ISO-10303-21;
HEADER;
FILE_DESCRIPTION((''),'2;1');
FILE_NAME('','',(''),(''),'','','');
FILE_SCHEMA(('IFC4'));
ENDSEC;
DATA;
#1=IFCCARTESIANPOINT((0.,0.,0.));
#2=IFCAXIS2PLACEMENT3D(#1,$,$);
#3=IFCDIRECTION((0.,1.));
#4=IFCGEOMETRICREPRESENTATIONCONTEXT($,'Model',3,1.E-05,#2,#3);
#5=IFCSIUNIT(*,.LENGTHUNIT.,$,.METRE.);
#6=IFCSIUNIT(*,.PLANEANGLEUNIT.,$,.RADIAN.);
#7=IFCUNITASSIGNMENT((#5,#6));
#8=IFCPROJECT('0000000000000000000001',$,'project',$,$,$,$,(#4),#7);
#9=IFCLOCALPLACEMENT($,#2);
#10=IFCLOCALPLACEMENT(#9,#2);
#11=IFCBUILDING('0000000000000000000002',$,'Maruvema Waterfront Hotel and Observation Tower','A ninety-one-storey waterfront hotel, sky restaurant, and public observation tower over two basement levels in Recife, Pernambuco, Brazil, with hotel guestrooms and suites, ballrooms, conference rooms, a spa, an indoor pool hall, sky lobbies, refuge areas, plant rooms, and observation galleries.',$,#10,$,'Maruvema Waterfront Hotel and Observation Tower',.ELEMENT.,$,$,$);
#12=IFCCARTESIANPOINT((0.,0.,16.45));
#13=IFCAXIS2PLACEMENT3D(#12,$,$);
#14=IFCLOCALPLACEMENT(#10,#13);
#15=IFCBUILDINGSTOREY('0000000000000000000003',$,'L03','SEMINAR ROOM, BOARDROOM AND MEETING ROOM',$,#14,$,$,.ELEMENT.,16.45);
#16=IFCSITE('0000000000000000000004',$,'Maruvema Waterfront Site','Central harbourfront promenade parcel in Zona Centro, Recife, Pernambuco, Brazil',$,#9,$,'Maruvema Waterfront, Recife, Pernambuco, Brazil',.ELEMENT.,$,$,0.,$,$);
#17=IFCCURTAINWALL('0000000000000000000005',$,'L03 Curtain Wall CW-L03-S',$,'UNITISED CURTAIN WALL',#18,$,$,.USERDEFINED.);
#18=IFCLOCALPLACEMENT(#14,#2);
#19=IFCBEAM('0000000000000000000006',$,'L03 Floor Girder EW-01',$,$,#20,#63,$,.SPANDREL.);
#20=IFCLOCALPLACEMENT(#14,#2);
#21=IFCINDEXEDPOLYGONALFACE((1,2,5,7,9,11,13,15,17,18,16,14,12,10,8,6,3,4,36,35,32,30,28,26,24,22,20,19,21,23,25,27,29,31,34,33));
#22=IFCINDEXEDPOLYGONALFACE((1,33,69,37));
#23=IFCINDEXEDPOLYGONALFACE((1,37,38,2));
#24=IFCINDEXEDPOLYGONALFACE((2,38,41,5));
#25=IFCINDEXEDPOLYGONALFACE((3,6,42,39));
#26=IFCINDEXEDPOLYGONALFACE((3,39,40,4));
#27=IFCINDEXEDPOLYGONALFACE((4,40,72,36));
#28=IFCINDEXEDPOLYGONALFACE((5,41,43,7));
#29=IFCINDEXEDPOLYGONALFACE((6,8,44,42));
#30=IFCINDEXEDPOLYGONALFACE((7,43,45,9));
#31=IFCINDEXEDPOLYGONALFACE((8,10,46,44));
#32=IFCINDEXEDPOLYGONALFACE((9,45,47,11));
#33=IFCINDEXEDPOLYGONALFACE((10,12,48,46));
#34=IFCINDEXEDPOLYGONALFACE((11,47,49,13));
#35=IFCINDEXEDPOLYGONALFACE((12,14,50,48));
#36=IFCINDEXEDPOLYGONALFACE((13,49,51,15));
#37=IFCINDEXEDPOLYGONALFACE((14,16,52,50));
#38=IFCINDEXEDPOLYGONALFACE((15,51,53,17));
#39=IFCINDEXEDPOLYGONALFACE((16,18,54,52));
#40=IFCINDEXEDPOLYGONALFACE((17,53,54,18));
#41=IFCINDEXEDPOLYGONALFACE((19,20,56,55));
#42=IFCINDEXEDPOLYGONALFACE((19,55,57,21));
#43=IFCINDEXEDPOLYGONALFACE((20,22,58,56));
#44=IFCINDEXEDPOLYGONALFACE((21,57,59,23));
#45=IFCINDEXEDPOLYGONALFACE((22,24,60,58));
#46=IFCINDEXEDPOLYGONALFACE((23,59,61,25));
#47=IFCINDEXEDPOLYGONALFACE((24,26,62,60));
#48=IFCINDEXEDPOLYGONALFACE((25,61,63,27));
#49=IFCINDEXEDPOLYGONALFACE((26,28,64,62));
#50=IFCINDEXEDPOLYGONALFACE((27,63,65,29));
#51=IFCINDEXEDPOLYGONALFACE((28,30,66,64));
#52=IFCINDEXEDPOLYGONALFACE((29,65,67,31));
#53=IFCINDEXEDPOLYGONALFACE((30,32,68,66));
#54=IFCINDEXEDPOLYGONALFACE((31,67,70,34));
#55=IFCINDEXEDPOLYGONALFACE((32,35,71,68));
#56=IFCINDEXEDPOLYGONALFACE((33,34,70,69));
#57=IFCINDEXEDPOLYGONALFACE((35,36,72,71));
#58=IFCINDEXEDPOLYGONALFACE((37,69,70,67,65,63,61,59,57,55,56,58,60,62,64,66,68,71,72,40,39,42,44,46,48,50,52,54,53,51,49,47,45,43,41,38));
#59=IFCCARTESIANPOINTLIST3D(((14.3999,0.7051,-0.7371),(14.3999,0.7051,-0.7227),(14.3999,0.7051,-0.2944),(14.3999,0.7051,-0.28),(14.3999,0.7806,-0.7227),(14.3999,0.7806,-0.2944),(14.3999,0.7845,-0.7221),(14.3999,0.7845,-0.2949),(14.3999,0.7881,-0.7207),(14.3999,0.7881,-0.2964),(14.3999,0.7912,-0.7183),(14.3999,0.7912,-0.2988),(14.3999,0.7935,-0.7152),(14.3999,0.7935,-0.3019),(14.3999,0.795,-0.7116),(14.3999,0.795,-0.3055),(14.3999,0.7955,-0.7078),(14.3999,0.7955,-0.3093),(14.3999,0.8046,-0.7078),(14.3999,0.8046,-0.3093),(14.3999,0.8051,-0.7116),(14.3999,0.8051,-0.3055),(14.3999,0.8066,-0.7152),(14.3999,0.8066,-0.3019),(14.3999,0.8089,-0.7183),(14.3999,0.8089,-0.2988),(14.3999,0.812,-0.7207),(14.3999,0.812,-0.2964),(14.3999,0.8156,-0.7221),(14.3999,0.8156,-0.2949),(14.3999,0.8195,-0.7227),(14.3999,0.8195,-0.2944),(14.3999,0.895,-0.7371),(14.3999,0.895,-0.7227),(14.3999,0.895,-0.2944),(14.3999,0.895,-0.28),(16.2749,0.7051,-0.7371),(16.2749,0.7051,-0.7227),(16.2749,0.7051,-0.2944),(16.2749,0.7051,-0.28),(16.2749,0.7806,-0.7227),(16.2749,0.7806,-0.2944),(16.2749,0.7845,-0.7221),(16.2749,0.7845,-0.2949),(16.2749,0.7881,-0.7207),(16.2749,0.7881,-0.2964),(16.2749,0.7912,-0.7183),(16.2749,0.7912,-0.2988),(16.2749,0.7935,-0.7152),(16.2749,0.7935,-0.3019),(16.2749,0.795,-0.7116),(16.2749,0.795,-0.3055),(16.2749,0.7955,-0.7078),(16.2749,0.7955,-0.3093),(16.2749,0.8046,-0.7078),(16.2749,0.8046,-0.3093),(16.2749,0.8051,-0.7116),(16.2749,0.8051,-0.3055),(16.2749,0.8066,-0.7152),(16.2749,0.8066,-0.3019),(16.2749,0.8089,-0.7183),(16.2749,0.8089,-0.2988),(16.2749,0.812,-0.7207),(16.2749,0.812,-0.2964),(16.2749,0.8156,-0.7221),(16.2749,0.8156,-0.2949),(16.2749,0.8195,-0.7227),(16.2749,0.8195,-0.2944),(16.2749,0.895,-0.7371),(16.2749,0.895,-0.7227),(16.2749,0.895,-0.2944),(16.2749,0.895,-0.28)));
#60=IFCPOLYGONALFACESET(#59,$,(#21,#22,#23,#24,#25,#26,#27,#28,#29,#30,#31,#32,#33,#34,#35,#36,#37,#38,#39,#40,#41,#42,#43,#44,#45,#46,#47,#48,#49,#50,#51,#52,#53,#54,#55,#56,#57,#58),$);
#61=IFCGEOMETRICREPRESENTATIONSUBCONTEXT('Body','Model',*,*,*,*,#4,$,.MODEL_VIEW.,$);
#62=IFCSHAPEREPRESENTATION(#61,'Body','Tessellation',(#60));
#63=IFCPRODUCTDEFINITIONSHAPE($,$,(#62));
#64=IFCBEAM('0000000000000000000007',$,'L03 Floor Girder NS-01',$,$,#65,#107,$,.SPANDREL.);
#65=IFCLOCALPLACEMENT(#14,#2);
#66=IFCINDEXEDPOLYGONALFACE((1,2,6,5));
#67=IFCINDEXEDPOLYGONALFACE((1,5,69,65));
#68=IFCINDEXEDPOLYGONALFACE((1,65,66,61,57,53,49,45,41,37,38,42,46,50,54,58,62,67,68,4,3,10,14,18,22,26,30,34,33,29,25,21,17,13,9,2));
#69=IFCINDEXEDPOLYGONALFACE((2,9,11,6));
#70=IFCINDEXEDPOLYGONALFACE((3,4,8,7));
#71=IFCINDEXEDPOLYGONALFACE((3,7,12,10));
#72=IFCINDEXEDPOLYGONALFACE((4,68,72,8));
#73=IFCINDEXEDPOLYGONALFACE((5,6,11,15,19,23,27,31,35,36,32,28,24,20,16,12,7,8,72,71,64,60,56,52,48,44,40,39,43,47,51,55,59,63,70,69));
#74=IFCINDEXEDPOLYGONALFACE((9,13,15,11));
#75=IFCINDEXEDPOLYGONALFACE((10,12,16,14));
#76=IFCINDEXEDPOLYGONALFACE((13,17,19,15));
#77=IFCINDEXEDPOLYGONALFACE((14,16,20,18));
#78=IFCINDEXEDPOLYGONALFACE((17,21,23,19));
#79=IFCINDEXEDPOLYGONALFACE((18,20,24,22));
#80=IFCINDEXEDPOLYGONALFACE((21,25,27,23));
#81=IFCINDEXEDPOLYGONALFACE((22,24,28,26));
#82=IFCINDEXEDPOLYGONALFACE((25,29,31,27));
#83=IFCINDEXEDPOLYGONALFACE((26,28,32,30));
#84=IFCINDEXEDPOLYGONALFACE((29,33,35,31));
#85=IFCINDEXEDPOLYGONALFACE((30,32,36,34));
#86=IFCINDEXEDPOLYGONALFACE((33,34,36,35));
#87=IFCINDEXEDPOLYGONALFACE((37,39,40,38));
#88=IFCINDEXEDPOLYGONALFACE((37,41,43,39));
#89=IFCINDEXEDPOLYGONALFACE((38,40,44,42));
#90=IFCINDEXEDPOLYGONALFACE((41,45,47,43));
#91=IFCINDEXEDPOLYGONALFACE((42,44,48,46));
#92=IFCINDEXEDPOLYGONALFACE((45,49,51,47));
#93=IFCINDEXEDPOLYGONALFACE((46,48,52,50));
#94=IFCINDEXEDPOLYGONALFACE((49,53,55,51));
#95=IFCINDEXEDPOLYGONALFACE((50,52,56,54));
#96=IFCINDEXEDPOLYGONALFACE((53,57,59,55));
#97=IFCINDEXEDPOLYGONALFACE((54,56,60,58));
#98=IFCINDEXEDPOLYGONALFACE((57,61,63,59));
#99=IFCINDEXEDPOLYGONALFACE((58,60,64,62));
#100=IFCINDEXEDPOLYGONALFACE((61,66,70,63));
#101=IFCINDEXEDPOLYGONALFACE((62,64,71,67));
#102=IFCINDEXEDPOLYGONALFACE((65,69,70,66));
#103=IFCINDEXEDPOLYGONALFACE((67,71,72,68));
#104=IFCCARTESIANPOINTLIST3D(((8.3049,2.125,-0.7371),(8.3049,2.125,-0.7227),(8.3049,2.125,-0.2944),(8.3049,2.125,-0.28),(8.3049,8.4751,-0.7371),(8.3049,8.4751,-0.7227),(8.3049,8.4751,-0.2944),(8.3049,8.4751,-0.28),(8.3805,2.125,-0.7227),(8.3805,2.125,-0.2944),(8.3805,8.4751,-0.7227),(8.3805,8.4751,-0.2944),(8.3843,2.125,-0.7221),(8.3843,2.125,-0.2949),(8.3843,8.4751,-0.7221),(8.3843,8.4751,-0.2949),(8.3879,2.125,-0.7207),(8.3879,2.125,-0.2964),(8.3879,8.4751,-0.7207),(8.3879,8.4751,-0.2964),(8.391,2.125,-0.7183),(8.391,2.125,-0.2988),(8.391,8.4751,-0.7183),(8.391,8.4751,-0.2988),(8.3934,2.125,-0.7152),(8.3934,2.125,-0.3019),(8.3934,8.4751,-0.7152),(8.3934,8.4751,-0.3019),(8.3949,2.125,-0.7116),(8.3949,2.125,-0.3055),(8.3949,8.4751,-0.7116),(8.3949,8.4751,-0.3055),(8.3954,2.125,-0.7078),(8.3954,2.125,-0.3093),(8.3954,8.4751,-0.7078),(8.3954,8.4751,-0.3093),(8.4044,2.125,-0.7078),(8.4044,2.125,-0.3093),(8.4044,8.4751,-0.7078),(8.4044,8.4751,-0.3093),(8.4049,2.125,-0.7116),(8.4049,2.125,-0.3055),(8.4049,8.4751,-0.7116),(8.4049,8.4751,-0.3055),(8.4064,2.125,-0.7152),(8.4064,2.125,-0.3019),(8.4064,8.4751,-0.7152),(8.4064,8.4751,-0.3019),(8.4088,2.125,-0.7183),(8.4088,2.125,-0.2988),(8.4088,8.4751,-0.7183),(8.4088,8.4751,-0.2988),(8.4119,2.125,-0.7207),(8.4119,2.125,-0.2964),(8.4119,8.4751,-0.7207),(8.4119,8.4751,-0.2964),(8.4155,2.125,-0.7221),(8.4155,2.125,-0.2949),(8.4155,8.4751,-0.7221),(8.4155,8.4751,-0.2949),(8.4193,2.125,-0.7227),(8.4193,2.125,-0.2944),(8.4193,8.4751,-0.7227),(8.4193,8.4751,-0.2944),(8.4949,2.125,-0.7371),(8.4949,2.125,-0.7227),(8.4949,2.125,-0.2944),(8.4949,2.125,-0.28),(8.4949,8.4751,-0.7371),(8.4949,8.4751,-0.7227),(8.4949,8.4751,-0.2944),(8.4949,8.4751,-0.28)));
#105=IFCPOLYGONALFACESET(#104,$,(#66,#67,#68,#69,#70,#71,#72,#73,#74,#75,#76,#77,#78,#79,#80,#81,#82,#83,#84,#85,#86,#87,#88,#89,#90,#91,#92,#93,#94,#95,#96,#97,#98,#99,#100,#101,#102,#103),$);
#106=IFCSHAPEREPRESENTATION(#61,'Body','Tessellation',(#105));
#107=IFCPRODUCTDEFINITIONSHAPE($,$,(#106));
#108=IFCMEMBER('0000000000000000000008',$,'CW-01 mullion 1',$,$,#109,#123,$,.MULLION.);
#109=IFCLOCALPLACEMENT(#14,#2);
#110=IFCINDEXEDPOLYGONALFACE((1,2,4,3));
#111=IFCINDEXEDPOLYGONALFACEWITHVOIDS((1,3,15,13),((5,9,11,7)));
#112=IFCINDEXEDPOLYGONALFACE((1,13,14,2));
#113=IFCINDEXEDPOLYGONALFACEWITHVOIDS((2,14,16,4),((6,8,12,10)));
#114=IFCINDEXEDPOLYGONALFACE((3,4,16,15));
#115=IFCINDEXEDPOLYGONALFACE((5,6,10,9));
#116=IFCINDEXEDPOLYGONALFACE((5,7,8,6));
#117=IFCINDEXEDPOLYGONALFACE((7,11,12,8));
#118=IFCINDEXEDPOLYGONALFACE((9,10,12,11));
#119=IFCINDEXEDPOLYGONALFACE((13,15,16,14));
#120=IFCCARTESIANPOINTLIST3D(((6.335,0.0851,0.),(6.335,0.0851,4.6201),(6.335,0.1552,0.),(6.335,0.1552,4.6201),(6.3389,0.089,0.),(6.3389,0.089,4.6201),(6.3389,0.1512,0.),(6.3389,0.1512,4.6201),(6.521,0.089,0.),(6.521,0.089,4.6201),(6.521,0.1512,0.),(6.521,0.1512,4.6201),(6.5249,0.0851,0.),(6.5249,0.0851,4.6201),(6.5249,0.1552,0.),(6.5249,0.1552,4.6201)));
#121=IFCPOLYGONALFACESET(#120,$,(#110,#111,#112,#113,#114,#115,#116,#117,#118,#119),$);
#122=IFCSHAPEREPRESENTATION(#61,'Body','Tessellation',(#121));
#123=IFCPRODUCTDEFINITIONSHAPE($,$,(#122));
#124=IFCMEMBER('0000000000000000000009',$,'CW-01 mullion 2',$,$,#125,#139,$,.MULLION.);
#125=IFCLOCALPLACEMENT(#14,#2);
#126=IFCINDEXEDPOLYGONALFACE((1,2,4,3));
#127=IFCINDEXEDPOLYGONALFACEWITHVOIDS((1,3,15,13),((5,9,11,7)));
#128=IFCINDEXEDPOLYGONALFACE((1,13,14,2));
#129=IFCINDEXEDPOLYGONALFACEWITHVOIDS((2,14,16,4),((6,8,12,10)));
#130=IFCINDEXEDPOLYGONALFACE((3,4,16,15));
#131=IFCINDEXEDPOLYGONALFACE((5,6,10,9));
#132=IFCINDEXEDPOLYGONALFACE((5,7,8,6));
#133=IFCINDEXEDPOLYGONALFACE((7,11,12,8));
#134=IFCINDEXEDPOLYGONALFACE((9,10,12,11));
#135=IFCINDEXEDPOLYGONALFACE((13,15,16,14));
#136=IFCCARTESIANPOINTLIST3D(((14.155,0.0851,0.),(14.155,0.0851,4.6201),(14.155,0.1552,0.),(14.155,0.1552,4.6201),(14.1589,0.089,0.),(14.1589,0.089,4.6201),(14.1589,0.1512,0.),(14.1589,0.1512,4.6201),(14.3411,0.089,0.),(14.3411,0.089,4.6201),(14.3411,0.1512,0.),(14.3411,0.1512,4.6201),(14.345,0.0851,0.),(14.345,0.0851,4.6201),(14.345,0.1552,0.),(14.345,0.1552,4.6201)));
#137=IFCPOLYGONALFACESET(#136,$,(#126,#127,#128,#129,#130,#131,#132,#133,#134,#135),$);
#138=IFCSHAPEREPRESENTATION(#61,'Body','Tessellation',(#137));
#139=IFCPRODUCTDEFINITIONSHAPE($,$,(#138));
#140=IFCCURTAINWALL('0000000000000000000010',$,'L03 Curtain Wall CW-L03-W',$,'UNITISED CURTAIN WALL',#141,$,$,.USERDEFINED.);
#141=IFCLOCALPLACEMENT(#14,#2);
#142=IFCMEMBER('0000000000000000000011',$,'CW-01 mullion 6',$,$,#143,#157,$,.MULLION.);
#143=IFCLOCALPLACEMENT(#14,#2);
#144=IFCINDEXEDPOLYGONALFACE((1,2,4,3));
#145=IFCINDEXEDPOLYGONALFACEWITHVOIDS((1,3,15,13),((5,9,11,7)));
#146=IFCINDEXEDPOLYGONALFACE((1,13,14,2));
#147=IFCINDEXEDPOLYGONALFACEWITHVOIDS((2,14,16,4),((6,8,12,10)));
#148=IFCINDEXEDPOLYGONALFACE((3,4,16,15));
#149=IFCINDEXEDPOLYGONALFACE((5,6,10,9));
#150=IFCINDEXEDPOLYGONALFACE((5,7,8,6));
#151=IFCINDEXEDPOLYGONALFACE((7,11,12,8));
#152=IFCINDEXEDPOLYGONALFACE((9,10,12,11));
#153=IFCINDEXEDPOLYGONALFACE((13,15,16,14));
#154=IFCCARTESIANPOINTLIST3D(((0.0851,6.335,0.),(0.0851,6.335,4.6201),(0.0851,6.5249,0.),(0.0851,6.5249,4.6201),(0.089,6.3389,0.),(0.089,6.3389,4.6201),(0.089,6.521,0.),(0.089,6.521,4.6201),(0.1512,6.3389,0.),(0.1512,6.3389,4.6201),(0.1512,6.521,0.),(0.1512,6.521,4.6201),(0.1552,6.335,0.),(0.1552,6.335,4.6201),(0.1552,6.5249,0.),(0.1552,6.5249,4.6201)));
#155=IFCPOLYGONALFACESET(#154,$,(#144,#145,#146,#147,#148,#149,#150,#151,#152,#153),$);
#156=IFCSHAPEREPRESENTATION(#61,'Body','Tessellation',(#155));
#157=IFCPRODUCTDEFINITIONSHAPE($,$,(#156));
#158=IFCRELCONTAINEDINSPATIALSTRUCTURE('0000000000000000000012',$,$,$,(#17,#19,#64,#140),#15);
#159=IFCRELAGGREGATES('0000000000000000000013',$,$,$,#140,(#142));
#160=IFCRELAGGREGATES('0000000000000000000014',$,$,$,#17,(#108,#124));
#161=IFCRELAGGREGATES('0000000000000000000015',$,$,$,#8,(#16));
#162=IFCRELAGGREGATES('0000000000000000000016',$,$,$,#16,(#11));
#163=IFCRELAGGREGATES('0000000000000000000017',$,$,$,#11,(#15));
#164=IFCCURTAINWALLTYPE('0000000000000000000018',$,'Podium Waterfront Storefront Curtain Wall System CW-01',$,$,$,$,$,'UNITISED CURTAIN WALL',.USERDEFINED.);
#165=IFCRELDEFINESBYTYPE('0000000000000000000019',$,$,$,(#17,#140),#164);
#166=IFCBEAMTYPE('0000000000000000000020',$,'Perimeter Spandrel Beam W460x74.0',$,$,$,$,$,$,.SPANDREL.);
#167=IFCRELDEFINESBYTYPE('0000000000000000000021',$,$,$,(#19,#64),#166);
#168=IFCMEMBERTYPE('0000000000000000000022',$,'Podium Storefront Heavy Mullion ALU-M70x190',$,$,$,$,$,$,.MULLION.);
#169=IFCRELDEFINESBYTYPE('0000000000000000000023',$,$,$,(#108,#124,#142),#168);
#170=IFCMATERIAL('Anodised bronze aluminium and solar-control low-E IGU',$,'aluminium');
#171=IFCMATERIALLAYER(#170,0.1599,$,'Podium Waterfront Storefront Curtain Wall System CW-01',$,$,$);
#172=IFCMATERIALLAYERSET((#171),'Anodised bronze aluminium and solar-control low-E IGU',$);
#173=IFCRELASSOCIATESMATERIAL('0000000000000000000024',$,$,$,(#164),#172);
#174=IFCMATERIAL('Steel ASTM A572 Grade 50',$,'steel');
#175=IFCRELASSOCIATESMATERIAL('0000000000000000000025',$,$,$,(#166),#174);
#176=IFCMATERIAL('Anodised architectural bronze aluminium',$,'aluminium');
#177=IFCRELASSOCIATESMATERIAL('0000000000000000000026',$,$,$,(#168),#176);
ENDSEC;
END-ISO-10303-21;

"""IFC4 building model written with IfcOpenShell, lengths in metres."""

from ifc_helpers import new_model, si_unit, direction, frame, origin, origin_2d, place, context, subcontext, project, spatial, hollow_rectangle, i_section, extrude, material, layer, layer_set, material_profile, profile_set, type_object, element, aggregate, save


model = new_model("IFC4")

# Units and contexts
model_context = context("Model", 3, precision=1e-05, world=origin(), true_north=direction((0.0, 1.0)))
body_context = subcontext(model_context, "Body", "Model", "MODEL_VIEW")
ifc_project = project(units=[si_unit("LENGTHUNIT", "METRE"), si_unit("PLANEANGLEUNIT", "RADIAN")], contexts=[model_context])

# Site, building, storey
site_placement = place(None, origin())
site = spatial("IfcSite", under=ifc_project, at=site_placement, Name="Maruvema Waterfront Site", Description="Central harbourfront promenade parcel in Zona Centro, Recife, Pernambuco, Brazil", LongName="Maruvema Waterfront, Recife, Pernambuco, Brazil", CompositionType="ELEMENT", RefElevation=0.0)
building_placement = place(site_placement, origin())
building = spatial("IfcBuilding", under=site, at=building_placement, Name="Maruvema Waterfront Hotel and Observation Tower", Description="A ninety-one-storey waterfront hotel, sky restaurant, and public observation tower over two basement levels in Recife, Pernambuco, Brazil, with hotel guestrooms and suites, ballrooms, conference rooms, a spa, an indoor pool hall, sky lobbies, refuge areas, plant rooms, and observation galleries.", LongName="Maruvema Waterfront Hotel and Observation Tower", CompositionType="ELEMENT")
storey_placement = place(building_placement, frame((0.0, 0.0, 16.45)))
storey = spatial("IfcBuildingStorey", under=building, at=storey_placement, Name="L03", Description="SEMINAR ROOM, BOARDROOM AND MEETING ROOM", CompositionType="ELEMENT", Elevation=16.45)

# Curtain wall
ifc_material_1 = material(Name="Anodised bronze aluminium and solar-control low-E IGU", Category="aluminium")
ifc_layer_1 = layer(ifc_material_1, 0.1599, Name="Podium Waterfront Storefront Curtain Wall System CW-01")
ifc_layer_set_1 = layer_set([ifc_layer_1], Name="Anodised bronze aluminium and solar-control low-E IGU")
curtain_wall_type = type_object("IfcCurtainWallType", Name="Podium Waterfront Storefront Curtain Wall System CW-01", ElementType="UNITISED CURTAIN WALL", PredefinedType="USERDEFINED", material=ifc_layer_set_1)
curtain_wall_1_placement = place(storey_placement, origin())
curtain_wall_1 = element("IfcCurtainWall", 1, at=curtain_wall_1_placement, inside=storey, type_object=curtain_wall_type, Name="L03 Curtain Wall CW-L03-S", ObjectType="UNITISED CURTAIN WALL", PredefinedType="USERDEFINED")

# Beams
ifc_material_2 = material(Name="Steel ASTM A572 Grade 50", Category="steel")
ifc_material_profile_1 = material_profile(ifc_material_2, i_section(OverallWidth=0.1899, OverallDepth=0.457, WebThickness=0.009, FlangeThickness=0.0144, FilletRadius=0.0149, at=origin_2d()), Name="W460x74.0")
ifc_profile_set_1 = profile_set([ifc_material_profile_1], Name="Steel ASTM A572 Grade 50")
beam_type_1 = type_object("IfcBeamType", Name="Perimeter Spandrel Beam W460x74.0", PredefinedType="SPANDREL", material=ifc_profile_set_1)
beam_1_placement = place(storey_placement, frame((14.3999, 0.8, -0.5085), z_axis=(1.0, 0.0, 0.0), x_axis=(0.0, 1.0, 0.0)))
element("IfcBeam", 2, at=beam_1_placement, inside=storey, type_object=beam_type_1, Name="L03 Floor Girder EW-01", PredefinedType="SPANDREL", context=body_context, shape_type="SweptSolid", body=[
    extrude(i_section(OverallWidth=0.1899, OverallDepth=0.457, WebThickness=0.009, FlangeThickness=0.0144, FilletRadius=0.0149, at=origin_2d()), origin(), (0.0, 0.0, 1.0), 1.875),
])
beam_2_placement = place(storey_placement, frame((8.3999, 2.125, -0.5085), z_axis=(0.0, 1.0, 0.0), x_axis=(-1.0, 0.0, 0.0)))
element("IfcBeam", 3, at=beam_2_placement, inside=storey, type_object=beam_type_1, Name="L03 Floor Girder NS-01", PredefinedType="SPANDREL", context=body_context, shape_type="SweptSolid", body=[
    extrude(i_section(OverallWidth=0.1899, OverallDepth=0.457, WebThickness=0.009, FlangeThickness=0.0144, FilletRadius=0.0149, at=origin_2d()), origin(), (0.0, 0.0, 1.0), 6.3501),
])

# Members
ifc_material_3 = material(Name="Anodised architectural bronze aluminium", Category="aluminium")
ifc_material_profile_2 = material_profile(ifc_material_3, hollow_rectangle(XDim=0.0701, YDim=0.1899, WallThickness=0.0039, at=origin_2d()), Name="ALU-M70x190")
ifc_profile_set_2 = profile_set([ifc_material_profile_2], Name="Anodised architectural bronze aluminium")
member_type_1 = type_object("IfcMemberType", Name="Podium Storefront Heavy Mullion ALU-M70x190", PredefinedType="MULLION", material=ifc_profile_set_2)
member_1_placement = place(storey_placement, frame((6.4299, 0.1201, 0.0), z_axis=(0.0, 0.0, 1.0), x_axis=(0.0, 1.0, 0.0)))
member_1 = element("IfcMember", 4, at=member_1_placement, type_object=member_type_1, Name="CW-01 mullion 1", PredefinedType="MULLION", context=body_context, shape_type="SweptSolid", body=[
    extrude(hollow_rectangle(XDim=0.0701, YDim=0.1899, WallThickness=0.0039, at=origin_2d()), origin(), (0.0, 0.0, 1.0), 4.6201),
])
member_2_placement = place(storey_placement, frame((14.25, 0.1201, 0.0), z_axis=(0.0, 0.0, 1.0), x_axis=(0.0, 1.0, 0.0)))
member_2 = element("IfcMember", 5, at=member_2_placement, type_object=member_type_1, Name="CW-01 mullion 2", PredefinedType="MULLION", context=body_context, shape_type="SweptSolid", body=[
    extrude(hollow_rectangle(XDim=0.0701, YDim=0.1899, WallThickness=0.0039, at=origin_2d()), origin(), (0.0, 0.0, 1.0), 4.6201),
])

# Curtain wall, member
curtain_wall_2_placement = place(storey_placement, origin())
curtain_wall_2 = element("IfcCurtainWall", 6, at=curtain_wall_2_placement, inside=storey, type_object=curtain_wall_type, Name="L03 Curtain Wall CW-L03-W", ObjectType="UNITISED CURTAIN WALL", PredefinedType="USERDEFINED")
member_3_placement = place(storey_placement, frame((0.1201, 6.4299, 0.0), z_axis=(0.0, 0.0, 1.0), x_axis=(1.0, 0.0, 0.0)))
member_3 = element("IfcMember", 7, at=member_3_placement, type_object=member_type_1, Name="CW-01 mullion 6", PredefinedType="MULLION", context=body_context, shape_type="SweptSolid", body=[
    extrude(hollow_rectangle(XDim=0.0701, YDim=0.1899, WallThickness=0.0039, at=origin_2d()), origin(), (0.0, 0.0, 1.0), 4.6201),
])
aggregate(curtain_wall_2, [member_3])

aggregate(curtain_wall_1, [member_1, member_2])

save(model, "model.ifc")
